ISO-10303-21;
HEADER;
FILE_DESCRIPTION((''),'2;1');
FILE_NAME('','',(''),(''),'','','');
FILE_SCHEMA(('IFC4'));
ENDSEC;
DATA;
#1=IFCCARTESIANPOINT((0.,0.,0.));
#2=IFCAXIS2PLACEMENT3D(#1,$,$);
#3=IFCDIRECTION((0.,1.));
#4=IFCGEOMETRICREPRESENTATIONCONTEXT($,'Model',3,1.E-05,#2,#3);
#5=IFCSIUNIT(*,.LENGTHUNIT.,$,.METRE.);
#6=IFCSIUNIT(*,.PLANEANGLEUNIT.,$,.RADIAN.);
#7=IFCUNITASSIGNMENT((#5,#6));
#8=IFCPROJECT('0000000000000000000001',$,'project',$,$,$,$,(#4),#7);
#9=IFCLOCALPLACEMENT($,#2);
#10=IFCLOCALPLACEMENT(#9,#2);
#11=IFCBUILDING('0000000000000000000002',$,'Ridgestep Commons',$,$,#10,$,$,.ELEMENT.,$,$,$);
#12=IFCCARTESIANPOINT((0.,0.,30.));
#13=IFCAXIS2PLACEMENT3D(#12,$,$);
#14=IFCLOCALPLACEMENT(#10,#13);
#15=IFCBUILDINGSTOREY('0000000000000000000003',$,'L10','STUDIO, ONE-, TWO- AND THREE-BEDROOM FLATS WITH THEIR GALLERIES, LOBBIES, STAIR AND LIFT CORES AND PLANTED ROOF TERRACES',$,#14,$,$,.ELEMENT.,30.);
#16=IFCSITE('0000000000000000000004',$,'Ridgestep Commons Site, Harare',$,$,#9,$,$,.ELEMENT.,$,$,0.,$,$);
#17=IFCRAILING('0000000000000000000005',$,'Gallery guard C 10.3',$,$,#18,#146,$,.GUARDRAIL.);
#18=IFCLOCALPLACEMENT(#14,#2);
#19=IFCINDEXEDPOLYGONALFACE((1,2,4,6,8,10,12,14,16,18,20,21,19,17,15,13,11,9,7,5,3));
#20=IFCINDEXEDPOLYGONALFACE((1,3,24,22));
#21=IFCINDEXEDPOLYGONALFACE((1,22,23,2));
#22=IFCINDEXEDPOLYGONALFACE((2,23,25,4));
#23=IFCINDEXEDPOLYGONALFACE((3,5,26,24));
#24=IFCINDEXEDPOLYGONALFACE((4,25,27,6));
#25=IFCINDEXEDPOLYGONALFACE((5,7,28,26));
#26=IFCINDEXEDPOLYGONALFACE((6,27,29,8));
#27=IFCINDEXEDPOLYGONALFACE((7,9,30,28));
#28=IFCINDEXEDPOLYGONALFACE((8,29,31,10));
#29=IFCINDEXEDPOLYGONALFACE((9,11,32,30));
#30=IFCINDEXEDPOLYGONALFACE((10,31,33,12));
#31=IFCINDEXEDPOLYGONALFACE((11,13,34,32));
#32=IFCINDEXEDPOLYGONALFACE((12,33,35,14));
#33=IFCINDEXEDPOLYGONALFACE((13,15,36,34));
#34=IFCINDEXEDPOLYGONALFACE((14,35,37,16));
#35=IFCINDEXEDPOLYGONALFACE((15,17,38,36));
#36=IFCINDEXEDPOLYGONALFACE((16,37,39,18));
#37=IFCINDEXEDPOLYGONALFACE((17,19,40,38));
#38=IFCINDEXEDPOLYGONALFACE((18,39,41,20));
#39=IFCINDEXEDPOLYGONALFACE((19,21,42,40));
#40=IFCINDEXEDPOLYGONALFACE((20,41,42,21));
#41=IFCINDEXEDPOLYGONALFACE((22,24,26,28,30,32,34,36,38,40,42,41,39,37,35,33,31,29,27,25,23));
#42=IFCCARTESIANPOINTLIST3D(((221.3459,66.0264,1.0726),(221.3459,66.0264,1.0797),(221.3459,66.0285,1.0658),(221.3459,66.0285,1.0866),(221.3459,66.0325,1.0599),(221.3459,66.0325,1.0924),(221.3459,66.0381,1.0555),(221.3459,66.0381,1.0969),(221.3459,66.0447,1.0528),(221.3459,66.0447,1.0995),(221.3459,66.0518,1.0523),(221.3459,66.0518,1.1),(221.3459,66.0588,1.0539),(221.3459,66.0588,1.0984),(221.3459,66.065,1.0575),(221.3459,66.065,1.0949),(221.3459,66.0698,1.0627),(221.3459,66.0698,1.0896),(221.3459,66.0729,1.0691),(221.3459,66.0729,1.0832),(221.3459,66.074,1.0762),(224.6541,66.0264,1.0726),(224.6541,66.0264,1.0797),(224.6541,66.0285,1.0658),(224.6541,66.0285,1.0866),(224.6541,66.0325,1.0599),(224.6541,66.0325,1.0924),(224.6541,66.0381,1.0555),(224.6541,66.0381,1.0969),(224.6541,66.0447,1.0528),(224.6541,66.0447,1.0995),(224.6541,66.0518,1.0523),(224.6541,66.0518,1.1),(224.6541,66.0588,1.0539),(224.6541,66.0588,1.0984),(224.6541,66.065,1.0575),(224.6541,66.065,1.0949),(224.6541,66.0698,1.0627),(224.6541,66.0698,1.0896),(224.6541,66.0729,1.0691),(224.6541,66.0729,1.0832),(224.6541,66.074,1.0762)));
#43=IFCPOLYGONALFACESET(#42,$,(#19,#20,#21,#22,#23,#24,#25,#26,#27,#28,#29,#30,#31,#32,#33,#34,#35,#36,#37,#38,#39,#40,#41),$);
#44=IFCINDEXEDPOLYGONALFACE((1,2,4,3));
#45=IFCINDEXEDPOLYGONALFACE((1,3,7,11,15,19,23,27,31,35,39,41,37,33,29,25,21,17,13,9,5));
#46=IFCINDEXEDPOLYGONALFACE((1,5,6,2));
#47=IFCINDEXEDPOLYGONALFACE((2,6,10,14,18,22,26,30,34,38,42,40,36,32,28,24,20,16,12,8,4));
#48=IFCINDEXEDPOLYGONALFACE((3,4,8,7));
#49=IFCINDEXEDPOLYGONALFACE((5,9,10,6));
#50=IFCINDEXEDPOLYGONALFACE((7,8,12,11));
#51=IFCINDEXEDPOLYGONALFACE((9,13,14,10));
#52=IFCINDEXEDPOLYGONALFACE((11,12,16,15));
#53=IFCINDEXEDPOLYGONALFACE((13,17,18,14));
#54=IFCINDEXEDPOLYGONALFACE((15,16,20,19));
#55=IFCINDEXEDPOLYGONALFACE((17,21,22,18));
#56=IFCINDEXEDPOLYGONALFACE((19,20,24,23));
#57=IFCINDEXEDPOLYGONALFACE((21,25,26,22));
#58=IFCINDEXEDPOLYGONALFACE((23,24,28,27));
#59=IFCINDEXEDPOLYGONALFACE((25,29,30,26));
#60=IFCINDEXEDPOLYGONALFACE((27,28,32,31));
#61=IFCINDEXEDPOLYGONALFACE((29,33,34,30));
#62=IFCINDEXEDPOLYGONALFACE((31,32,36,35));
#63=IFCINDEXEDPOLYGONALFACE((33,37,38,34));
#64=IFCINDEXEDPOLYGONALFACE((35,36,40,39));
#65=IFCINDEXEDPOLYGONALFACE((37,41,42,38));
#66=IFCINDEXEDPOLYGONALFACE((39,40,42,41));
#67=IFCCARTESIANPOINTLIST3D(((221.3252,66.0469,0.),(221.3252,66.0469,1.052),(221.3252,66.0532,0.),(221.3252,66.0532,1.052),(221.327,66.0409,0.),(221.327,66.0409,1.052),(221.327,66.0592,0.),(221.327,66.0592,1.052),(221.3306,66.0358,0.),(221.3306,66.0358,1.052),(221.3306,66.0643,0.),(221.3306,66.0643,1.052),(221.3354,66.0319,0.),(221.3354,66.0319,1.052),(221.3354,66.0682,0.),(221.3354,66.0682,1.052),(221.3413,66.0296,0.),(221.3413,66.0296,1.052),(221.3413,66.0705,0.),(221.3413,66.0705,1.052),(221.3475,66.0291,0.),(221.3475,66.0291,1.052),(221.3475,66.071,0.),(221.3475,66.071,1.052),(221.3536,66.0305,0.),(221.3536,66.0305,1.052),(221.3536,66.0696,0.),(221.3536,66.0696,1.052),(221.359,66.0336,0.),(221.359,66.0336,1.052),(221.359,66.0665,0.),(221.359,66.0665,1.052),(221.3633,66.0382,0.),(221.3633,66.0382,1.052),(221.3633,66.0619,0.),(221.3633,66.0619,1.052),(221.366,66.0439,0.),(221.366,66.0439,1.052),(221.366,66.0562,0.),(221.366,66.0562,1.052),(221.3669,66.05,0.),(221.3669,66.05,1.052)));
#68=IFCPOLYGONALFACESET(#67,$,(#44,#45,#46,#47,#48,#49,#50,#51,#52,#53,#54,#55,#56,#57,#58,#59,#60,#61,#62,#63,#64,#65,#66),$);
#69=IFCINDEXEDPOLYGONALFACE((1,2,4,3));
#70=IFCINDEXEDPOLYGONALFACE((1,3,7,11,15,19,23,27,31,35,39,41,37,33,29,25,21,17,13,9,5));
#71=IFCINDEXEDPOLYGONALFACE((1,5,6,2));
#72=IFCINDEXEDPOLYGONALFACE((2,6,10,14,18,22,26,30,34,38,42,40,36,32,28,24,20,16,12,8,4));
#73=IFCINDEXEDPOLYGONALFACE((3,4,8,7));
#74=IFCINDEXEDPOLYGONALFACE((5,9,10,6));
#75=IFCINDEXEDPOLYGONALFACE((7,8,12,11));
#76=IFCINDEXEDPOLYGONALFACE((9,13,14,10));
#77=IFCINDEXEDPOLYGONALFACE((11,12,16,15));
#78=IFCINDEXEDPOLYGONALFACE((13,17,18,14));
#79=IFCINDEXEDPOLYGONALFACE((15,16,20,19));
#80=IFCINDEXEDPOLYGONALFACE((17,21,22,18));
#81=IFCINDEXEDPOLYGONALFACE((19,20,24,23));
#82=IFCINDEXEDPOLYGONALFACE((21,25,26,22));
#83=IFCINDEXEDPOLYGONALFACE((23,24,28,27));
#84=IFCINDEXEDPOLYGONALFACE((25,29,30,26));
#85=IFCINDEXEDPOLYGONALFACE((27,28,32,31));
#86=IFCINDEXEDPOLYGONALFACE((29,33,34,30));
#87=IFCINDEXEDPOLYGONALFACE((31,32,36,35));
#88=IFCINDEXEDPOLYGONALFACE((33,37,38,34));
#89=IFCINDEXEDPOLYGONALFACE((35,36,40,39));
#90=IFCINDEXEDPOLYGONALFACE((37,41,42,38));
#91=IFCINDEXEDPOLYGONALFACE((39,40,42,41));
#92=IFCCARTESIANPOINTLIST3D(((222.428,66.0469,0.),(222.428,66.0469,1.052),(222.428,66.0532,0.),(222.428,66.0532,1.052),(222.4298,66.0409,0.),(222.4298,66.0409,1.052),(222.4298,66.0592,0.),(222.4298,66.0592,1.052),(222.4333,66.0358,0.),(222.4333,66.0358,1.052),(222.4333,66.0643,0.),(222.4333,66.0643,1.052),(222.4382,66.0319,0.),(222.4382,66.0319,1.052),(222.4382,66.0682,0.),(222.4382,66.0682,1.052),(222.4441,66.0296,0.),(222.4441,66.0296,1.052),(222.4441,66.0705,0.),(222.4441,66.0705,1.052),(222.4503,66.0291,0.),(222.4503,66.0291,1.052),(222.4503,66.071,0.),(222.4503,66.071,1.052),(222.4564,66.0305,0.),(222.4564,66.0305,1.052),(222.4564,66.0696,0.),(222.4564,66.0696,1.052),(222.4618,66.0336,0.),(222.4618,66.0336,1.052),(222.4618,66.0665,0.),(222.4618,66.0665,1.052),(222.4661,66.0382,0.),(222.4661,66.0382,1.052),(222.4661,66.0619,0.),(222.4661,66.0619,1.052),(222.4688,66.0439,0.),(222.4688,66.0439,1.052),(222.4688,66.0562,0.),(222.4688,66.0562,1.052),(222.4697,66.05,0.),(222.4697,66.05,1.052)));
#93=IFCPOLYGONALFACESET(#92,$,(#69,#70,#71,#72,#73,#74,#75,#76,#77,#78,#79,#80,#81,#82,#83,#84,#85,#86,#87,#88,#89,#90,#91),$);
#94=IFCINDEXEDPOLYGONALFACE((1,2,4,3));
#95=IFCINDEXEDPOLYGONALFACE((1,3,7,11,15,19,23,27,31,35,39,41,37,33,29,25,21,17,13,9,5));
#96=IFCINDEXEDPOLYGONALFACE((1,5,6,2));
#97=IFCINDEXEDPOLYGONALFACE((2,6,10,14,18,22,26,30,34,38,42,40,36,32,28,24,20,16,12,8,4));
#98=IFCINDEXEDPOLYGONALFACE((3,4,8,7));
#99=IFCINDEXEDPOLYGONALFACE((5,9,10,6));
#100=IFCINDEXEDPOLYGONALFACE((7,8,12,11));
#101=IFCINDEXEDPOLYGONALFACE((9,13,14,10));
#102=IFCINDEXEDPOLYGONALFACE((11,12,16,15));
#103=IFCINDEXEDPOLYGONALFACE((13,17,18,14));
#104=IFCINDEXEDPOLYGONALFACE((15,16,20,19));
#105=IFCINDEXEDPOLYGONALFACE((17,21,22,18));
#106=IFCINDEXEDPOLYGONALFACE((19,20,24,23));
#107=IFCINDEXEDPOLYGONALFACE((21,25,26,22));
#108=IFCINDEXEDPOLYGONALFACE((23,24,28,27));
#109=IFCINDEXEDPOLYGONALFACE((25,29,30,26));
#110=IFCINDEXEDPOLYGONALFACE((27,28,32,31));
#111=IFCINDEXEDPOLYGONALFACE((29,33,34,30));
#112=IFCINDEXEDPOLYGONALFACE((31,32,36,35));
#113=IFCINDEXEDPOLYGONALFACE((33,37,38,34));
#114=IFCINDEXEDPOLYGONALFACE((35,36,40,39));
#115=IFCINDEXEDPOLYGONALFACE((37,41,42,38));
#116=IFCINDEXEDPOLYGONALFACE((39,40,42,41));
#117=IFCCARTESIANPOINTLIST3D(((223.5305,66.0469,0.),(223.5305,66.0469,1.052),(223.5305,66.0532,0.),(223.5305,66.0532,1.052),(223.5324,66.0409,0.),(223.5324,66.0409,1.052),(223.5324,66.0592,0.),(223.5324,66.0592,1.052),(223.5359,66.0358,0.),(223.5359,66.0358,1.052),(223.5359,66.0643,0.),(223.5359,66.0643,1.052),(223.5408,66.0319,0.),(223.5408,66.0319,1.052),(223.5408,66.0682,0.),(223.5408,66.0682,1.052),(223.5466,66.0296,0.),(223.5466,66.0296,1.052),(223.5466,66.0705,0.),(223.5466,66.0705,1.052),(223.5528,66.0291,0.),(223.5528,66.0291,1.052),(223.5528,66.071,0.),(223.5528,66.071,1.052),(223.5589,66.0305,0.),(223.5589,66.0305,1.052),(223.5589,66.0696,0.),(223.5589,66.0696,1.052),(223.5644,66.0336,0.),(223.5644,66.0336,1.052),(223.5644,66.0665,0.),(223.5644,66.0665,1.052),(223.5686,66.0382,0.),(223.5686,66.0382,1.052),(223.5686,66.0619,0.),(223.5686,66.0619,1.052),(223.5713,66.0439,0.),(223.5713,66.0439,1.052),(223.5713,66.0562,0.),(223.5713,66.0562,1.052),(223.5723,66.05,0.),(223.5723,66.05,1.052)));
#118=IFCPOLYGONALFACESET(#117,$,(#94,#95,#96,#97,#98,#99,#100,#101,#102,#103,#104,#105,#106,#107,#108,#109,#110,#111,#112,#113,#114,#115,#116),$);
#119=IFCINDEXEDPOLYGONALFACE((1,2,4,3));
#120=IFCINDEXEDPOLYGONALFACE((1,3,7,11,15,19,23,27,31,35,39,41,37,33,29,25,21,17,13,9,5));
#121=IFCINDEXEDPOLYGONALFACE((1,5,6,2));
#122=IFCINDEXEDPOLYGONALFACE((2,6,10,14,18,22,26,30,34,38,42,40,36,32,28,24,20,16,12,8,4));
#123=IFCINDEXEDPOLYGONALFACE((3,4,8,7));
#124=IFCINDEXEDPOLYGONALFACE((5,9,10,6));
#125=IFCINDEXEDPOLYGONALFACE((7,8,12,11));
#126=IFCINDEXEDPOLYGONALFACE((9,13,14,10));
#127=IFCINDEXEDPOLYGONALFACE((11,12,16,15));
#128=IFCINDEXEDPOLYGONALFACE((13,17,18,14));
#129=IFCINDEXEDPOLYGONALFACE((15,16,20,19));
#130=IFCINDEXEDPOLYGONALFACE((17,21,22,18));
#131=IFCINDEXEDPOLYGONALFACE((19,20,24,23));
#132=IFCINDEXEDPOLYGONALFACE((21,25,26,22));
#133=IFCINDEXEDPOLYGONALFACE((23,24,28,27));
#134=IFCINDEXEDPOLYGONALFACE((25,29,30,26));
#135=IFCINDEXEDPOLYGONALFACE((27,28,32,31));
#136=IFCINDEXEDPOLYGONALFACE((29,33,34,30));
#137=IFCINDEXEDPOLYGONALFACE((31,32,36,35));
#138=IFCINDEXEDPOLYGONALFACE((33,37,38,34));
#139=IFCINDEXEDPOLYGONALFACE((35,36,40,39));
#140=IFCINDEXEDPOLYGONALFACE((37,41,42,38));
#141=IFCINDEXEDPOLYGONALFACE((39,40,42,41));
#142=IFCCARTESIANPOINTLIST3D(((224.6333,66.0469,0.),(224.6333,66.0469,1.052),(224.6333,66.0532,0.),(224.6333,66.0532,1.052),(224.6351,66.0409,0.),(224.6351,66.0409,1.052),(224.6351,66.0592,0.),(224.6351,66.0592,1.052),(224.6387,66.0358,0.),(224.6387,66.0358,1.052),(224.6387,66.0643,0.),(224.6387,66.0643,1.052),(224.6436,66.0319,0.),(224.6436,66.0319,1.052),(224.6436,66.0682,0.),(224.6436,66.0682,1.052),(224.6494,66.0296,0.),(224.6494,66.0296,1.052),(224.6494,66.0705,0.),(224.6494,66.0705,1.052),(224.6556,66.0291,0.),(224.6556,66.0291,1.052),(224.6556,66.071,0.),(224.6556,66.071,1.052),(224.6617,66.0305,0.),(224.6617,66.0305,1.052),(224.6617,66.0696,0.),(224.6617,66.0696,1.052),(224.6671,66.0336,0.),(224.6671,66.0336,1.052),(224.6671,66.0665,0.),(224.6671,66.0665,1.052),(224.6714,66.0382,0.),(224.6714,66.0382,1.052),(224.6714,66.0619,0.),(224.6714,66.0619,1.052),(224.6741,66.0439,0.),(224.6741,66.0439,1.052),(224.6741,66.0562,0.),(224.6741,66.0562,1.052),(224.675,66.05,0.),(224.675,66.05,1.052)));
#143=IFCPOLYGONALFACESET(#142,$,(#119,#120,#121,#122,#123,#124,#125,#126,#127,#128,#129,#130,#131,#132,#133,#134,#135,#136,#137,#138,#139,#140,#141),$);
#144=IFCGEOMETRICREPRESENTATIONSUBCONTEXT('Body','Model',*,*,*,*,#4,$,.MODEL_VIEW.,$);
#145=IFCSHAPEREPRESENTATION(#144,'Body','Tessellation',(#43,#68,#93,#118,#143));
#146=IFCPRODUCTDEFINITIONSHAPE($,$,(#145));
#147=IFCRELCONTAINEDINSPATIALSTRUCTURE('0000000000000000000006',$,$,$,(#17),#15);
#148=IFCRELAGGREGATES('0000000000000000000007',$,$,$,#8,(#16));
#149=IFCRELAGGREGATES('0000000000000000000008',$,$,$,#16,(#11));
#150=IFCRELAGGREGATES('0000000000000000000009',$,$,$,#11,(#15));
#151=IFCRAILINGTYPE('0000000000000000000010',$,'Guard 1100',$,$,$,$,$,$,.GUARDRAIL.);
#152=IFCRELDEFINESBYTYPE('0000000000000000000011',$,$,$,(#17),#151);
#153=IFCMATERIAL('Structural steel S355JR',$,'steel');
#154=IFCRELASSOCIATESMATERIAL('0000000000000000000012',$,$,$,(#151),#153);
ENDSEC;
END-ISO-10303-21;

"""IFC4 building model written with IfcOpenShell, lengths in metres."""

from ifc_helpers import new_model, si_unit, direction, frame, origin, origin_2d, place, context, subcontext, project, spatial, circle, extrude, material, type_object, element, save


model = new_model("IFC4")

# Units and contexts
model_context = context("Model", 3, precision=1e-05, world=origin(), true_north=direction((0.0, 1.0)))
body_context = subcontext(model_context, "Body", "Model", "MODEL_VIEW")
ifc_project = project(units=[si_unit("LENGTHUNIT", "METRE"), si_unit("PLANEANGLEUNIT", "RADIAN")], contexts=[model_context])

# Site, building, storey
site_placement = place(None, origin())
site = spatial("IfcSite", under=ifc_project, at=site_placement, Name="Ridgestep Commons Site, Harare", CompositionType="ELEMENT", RefElevation=0.0)
building_placement = place(site_placement, origin())
building = spatial("IfcBuilding", under=site, at=building_placement, Name="Ridgestep Commons", CompositionType="ELEMENT")
storey_placement = place(building_placement, frame((0.0, 0.0, 30.0)))
storey = spatial("IfcBuildingStorey", under=building, at=storey_placement, Name="L10", Description="STUDIO, ONE-, TWO- AND THREE-BEDROOM FLATS WITH THEIR GALLERIES, LOBBIES, STAIR AND LIFT CORES AND PLANTED ROOF TERRACES", CompositionType="ELEMENT", Elevation=30.0)

# Railing
ifc_material_1 = material(Name="Structural steel S355JR", Category="steel")
railing_type = type_object("IfcRailingType", Name="Guard 1100", PredefinedType="GUARDRAIL", material=ifc_material_1)
railing_1_placement = place(storey_placement, frame((221.3459, 66.05, 0.0)))
element("IfcRailing", 1, at=railing_1_placement, inside=storey, type_object=railing_type, Name="Gallery guard C 10.3", PredefinedType="GUARDRAIL", context=body_context, shape_type="SweptSolid", body=[
    extrude(circle(Radius=0.0239, at=origin_2d()), frame((0.0, 0.0, 1.0762), z_axis=(1.0, 0.0, 0.0), x_axis=(0.0, 1.0, 0.0)), (0.0, 0.0, 1.0), 3.3081),
    extrude(circle(Radius=0.021, at=origin_2d()), origin(), (0.0, 0.0, 1.0), 1.052),
    extrude(circle(Radius=0.021, at=origin_2d()), frame((1.1028, 0.0, 0.0)), (0.0, 0.0, 1.0), 1.052),
    extrude(circle(Radius=0.021, at=origin_2d()), frame((2.2053, 0.0, 0.0)), (0.0, 0.0, 1.0), 1.052),
    extrude(circle(Radius=0.021, at=origin_2d()), frame((3.3081, 0.0, 0.0)), (0.0, 0.0, 1.0), 1.052),
])

save(model, "model.ifc")
